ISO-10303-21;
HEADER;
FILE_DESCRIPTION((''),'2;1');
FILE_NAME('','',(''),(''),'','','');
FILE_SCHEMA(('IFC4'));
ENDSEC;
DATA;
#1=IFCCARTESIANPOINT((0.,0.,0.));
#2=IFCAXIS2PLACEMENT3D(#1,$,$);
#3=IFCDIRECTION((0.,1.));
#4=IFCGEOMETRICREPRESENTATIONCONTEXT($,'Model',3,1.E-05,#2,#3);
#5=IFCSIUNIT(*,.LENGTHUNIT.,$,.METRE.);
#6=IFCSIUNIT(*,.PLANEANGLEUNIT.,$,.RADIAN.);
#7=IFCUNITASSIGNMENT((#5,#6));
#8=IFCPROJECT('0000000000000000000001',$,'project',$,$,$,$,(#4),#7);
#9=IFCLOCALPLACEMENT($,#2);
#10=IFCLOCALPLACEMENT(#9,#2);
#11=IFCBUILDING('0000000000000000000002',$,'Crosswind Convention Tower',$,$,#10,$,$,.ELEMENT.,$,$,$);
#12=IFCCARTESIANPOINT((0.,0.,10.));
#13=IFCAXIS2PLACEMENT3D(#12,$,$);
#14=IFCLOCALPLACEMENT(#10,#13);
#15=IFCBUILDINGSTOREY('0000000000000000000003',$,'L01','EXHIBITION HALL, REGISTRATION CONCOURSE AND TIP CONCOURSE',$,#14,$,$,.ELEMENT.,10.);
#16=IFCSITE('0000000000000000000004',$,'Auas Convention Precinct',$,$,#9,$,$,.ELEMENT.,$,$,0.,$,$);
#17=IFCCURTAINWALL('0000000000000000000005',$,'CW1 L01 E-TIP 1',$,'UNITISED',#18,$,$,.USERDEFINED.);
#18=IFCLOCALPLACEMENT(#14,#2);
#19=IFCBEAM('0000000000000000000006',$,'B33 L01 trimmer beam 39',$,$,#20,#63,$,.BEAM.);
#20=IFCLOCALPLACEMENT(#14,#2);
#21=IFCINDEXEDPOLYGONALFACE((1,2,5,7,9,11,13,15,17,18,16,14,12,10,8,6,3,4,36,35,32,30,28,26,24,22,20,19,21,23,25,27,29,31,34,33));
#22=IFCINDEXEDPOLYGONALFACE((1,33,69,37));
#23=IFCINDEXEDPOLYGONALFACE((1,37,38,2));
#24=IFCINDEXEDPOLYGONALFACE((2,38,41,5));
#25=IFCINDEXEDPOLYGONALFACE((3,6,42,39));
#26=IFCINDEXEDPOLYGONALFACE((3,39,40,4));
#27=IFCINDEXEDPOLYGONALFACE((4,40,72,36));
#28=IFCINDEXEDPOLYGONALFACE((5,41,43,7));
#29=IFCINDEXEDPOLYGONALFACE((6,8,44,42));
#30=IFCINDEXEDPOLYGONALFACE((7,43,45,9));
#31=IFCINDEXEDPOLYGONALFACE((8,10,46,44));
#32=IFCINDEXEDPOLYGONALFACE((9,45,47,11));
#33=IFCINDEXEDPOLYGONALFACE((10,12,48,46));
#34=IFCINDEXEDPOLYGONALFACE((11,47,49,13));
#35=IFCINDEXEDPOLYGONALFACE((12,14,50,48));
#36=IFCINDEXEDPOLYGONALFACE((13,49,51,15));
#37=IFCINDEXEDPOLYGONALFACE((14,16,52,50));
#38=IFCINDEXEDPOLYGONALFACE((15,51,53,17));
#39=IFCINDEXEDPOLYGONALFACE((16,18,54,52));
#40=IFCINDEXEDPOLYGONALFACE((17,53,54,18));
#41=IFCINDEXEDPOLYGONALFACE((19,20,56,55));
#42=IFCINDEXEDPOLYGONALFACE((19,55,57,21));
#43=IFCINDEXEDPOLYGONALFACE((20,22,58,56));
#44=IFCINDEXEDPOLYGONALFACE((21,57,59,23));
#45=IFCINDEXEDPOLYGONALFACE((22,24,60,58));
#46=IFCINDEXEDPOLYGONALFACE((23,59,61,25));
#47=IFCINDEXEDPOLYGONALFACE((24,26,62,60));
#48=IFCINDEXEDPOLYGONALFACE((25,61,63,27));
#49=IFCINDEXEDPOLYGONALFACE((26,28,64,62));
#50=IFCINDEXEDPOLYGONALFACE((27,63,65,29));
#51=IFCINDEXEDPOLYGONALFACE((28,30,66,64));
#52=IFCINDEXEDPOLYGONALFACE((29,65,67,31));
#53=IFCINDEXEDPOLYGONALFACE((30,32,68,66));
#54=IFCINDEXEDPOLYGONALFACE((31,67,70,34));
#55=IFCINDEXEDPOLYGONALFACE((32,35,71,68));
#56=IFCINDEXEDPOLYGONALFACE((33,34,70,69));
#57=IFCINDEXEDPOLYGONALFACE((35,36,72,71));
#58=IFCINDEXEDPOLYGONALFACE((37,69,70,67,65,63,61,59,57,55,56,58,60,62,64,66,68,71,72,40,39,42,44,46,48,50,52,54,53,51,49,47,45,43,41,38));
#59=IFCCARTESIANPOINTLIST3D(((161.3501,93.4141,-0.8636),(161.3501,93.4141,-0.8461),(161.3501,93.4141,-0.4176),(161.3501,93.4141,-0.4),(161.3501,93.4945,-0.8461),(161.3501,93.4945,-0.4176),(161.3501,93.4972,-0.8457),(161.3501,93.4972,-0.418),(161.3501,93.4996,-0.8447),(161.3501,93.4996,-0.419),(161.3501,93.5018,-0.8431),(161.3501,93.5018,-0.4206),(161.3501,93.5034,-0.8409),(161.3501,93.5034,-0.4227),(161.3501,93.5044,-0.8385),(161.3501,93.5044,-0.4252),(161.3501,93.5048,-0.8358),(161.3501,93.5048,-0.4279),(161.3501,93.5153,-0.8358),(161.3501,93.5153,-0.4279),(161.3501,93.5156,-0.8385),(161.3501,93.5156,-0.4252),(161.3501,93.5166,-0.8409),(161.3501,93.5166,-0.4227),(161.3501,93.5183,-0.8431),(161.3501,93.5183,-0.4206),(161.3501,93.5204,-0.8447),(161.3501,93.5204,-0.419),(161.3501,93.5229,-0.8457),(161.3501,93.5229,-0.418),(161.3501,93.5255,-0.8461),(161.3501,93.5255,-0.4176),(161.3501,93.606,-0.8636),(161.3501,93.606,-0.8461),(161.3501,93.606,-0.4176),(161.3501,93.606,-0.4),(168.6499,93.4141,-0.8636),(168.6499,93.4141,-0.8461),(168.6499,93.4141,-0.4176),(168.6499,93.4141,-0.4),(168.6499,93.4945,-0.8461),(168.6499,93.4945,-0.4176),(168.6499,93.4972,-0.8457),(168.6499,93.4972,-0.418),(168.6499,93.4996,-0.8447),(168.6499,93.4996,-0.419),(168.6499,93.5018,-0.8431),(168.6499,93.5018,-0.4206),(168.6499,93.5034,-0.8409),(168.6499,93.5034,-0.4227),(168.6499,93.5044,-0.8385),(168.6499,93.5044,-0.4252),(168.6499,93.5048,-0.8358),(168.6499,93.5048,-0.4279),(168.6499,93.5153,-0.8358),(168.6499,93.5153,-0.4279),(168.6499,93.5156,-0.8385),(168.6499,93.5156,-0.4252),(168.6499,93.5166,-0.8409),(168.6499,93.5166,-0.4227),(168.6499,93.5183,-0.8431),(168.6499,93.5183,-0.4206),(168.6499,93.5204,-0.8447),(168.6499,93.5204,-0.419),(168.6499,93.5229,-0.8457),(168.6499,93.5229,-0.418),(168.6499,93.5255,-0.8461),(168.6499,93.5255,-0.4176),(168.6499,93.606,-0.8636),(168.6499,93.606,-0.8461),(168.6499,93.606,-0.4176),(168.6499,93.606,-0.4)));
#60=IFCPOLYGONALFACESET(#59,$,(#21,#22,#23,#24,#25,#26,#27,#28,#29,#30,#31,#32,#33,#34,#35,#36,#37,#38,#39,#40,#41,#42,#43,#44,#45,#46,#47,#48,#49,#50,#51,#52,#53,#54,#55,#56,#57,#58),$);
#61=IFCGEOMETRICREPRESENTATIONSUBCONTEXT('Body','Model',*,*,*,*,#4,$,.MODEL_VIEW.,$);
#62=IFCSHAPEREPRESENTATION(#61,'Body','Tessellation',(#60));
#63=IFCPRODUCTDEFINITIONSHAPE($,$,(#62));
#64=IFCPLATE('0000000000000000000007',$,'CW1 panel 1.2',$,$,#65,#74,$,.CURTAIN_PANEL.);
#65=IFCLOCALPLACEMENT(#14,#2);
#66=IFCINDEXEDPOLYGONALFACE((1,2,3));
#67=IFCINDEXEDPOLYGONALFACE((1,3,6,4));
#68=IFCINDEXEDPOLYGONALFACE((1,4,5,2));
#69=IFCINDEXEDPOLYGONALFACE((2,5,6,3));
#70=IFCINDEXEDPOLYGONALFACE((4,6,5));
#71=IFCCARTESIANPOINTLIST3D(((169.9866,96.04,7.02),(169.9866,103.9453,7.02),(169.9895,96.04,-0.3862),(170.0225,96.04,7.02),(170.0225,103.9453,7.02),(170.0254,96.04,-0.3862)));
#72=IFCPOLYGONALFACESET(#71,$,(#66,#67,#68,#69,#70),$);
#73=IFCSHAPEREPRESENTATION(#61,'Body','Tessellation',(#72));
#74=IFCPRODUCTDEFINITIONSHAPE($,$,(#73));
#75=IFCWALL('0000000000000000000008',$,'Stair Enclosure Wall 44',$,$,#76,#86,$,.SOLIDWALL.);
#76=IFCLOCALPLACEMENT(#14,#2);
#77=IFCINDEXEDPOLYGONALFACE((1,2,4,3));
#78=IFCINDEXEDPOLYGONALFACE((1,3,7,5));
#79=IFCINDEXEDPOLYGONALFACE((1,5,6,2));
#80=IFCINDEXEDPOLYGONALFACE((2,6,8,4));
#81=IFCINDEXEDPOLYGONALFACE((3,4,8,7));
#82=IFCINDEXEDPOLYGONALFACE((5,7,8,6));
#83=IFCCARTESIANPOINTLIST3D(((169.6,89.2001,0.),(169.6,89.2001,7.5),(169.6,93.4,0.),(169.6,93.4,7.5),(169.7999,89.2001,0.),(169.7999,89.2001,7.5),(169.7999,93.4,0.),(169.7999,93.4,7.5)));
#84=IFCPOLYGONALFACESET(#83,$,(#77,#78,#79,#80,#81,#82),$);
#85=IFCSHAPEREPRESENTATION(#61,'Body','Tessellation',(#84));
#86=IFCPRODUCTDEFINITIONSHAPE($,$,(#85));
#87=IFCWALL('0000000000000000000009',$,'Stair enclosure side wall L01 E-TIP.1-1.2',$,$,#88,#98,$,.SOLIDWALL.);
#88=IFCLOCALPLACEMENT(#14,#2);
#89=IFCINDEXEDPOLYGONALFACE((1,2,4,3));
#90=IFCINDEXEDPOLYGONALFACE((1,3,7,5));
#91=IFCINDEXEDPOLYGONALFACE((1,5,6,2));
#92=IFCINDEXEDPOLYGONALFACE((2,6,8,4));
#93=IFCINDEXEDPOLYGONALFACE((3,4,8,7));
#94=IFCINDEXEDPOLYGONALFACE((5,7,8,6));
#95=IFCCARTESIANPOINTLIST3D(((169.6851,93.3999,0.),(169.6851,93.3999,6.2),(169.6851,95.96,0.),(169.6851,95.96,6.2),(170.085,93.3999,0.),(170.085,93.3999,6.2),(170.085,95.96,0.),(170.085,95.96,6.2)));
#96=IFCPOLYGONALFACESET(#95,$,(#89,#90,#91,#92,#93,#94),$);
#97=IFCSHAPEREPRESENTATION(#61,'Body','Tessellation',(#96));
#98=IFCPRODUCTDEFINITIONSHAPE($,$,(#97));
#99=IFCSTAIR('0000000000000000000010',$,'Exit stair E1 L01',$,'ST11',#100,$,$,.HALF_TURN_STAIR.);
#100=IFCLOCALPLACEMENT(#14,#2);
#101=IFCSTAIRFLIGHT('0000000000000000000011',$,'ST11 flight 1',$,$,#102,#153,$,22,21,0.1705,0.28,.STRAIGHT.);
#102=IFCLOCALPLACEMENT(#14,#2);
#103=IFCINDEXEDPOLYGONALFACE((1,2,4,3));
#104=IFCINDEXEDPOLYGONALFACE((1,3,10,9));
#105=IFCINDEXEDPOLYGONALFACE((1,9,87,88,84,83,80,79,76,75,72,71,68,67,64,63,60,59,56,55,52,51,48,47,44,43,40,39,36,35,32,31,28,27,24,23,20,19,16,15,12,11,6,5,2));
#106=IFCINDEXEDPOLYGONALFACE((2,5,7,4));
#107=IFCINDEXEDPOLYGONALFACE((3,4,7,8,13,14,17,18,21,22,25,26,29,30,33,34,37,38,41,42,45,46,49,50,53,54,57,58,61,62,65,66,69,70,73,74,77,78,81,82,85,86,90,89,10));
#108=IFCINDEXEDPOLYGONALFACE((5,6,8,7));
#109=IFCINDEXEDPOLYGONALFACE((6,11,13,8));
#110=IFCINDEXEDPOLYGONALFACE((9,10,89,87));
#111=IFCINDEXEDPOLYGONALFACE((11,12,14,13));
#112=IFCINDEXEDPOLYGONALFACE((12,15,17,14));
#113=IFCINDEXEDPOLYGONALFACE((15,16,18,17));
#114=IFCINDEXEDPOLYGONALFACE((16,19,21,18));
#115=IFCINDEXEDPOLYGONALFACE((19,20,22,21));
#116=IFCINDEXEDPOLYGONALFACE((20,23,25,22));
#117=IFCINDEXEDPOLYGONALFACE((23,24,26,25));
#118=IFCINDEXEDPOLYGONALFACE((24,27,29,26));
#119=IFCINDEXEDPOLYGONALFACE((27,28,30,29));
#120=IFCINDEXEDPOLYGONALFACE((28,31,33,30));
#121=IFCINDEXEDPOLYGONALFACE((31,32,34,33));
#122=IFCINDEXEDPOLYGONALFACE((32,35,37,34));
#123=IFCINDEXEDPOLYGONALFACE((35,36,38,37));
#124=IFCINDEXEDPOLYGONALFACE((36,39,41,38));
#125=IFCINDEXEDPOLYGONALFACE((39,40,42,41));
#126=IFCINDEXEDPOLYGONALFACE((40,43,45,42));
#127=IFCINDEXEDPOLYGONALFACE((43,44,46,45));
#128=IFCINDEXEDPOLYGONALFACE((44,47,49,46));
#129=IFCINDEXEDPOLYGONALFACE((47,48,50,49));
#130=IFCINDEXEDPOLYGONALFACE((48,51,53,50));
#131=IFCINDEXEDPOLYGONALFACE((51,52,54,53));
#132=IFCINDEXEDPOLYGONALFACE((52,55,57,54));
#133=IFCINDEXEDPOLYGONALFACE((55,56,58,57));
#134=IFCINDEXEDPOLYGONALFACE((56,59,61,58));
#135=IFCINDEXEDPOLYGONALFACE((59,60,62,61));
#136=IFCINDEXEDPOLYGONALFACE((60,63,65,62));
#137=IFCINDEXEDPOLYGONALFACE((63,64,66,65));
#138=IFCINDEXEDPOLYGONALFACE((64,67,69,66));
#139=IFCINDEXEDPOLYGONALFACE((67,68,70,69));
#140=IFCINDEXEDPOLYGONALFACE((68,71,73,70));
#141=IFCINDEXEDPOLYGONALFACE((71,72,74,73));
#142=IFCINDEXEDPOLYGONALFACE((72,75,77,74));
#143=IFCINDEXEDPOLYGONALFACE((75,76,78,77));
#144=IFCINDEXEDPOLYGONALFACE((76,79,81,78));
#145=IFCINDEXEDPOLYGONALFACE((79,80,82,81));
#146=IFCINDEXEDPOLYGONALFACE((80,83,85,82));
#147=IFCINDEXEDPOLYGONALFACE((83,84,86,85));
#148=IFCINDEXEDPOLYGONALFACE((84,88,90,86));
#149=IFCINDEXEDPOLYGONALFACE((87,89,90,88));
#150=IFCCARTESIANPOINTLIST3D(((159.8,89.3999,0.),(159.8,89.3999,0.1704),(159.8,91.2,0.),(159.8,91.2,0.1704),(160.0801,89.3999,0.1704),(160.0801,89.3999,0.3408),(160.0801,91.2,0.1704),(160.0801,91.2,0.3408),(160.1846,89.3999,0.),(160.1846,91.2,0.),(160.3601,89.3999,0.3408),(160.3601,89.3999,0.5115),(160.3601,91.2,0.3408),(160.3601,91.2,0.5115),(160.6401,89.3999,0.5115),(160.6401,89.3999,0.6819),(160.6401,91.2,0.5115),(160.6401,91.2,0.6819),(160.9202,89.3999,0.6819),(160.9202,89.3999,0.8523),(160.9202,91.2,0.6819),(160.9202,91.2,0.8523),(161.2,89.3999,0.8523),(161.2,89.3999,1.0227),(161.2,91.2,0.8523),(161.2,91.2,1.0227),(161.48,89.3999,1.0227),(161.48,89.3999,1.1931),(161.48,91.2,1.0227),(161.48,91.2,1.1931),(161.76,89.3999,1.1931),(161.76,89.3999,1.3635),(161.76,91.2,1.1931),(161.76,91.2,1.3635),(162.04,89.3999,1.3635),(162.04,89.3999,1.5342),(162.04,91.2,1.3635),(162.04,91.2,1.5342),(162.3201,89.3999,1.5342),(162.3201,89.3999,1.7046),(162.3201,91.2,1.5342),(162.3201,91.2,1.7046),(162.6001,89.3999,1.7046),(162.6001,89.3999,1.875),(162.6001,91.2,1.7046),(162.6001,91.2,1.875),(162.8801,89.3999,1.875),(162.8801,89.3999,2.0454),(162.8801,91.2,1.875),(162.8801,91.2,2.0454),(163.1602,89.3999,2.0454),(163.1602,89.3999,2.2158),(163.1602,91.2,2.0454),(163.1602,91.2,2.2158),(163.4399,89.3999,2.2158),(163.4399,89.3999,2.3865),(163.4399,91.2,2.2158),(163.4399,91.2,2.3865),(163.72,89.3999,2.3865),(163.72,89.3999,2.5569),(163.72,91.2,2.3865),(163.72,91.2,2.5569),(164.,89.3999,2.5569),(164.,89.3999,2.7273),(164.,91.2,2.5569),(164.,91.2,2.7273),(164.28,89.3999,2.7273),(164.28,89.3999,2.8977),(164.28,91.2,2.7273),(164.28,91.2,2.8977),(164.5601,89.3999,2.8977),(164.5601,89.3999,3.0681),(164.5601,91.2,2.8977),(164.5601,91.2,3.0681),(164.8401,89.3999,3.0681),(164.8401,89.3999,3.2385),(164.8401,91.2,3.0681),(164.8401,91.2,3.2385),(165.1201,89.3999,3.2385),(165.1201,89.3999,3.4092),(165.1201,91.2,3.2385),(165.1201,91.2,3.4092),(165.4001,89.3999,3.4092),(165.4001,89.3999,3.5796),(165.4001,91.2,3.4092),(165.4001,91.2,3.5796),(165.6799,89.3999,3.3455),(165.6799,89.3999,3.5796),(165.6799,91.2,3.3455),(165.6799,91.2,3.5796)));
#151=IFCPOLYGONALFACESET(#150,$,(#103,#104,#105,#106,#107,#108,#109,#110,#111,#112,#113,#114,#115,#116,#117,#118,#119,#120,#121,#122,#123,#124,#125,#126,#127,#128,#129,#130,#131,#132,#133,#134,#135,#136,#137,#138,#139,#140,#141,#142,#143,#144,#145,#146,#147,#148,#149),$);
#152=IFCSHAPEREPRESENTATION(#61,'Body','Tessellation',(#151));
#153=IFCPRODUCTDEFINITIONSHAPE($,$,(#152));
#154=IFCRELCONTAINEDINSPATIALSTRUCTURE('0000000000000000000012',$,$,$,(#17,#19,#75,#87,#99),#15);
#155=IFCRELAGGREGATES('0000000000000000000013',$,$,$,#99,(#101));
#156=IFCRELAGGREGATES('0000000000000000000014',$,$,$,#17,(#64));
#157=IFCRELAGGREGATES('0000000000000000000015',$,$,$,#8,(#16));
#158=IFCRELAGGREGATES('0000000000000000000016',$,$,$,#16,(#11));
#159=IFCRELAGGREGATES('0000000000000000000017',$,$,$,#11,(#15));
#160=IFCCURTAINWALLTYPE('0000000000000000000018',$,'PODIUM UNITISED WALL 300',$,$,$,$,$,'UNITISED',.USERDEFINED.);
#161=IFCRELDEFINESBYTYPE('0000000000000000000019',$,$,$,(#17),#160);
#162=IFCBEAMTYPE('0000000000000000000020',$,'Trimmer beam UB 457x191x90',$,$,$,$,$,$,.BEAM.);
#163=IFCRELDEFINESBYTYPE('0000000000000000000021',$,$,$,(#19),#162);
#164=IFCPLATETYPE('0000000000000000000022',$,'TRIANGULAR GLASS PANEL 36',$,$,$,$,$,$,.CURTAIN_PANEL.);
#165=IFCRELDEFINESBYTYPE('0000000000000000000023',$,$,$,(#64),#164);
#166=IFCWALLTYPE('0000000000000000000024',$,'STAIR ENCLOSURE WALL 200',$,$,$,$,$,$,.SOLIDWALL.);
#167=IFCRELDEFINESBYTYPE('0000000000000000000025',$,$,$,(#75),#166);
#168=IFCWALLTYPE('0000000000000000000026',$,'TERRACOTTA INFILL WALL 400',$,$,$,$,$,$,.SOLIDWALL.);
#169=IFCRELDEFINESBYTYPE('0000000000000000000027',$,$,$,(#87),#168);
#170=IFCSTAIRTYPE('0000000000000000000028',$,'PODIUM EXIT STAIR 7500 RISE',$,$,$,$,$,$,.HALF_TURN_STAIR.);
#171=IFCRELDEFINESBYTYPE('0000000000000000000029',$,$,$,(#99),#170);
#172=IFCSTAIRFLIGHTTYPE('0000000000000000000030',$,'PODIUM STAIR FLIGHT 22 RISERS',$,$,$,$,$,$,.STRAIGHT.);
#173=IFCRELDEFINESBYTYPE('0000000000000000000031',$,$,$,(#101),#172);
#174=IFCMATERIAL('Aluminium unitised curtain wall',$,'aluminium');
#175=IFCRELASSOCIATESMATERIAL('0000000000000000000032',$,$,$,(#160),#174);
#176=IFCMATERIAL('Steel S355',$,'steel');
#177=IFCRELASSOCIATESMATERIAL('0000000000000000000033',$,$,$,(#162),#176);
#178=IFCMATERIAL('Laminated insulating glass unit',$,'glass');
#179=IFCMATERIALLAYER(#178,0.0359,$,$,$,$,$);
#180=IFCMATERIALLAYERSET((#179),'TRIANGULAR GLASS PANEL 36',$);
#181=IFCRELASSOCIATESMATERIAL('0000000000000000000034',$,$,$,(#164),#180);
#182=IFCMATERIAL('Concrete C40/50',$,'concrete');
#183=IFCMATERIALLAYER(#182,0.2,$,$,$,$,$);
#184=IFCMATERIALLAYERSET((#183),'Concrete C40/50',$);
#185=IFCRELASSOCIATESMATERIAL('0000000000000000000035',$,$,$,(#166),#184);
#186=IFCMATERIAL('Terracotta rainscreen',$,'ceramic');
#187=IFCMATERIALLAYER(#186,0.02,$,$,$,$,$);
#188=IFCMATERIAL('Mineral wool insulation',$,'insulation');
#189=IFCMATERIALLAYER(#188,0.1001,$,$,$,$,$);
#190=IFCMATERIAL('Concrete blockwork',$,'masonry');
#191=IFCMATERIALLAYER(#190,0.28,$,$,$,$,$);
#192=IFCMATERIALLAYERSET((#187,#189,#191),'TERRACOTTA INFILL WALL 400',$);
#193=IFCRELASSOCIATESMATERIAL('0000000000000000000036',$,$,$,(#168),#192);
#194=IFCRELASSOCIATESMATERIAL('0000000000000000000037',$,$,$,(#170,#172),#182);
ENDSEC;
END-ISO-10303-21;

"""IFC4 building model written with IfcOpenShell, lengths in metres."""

from ifc_helpers import new_model, si_unit, direction, frame, frame_2d, origin, origin_2d, place, context, subcontext, project, spatial, polyline, rectangle, i_section, outline, extrude, material, layer, layer_set, material_profile, profile_set, type_object, element, aggregate, save


model = new_model("IFC4")

# Units and contexts
model_context = context("Model", 3, precision=1e-05, world=origin(), true_north=direction((0.0, 1.0)))
body_context = subcontext(model_context, "Body", "Model", "MODEL_VIEW")
ifc_project = project(units=[si_unit("LENGTHUNIT", "METRE"), si_unit("PLANEANGLEUNIT", "RADIAN")], contexts=[model_context])

# Site, building, storey
site_placement = place(None, origin())
site = spatial("IfcSite", under=ifc_project, at=site_placement, Name="Auas Convention Precinct", CompositionType="ELEMENT", RefElevation=0.0)
building_placement = place(site_placement, origin())
building = spatial("IfcBuilding", under=site, at=building_placement, Name="Crosswind Convention Tower", CompositionType="ELEMENT")
storey_placement = place(building_placement, frame((0.0, 0.0, 10.0)))
storey = spatial("IfcBuildingStorey", under=building, at=storey_placement, Name="L01", Description="EXHIBITION HALL, REGISTRATION CONCOURSE AND TIP CONCOURSE", CompositionType="ELEMENT", Elevation=10.0)

# Curtain wall
ifc_material_1 = material(Name="Aluminium unitised curtain wall", Category="aluminium")
curtain_wall_type = type_object("IfcCurtainWallType", Name="PODIUM UNITISED WALL 300", ElementType="UNITISED", PredefinedType="USERDEFINED", material=ifc_material_1)
curtain_wall_placement = place(storey_placement, origin())
curtain_wall = element("IfcCurtainWall", 1, at=curtain_wall_placement, inside=storey, type_object=curtain_wall_type, Name="CW1 L01 E-TIP 1", ObjectType="UNITISED", PredefinedType="USERDEFINED")

# Shared definitions
ifc_material_2 = material(Name="Steel S355", Category="steel")

# Beam
ifc_material_profile_1 = material_profile(ifc_material_2, i_section(OverallWidth=0.1919, OverallDepth=0.4636, WebThickness=0.0105, FlangeThickness=0.0176, FilletRadius=0.0103, at=origin_2d()), Name="UB 457x191x90")
ifc_profile_set_1 = profile_set([ifc_material_profile_1], Name="Steel S355")
beam_type_1 = type_object("IfcBeamType", Name="Trimmer beam UB 457x191x90", PredefinedType="BEAM", material=ifc_profile_set_1)
beam_1_placement = place(storey_placement, frame((161.3501, 93.51, -0.6318), z_axis=(1.0, 0.0, 0.0), x_axis=(0.0, 1.0, 0.0)))
element("IfcBeam", 2, at=beam_1_placement, inside=storey, type_object=beam_type_1, Name="B33 L01 trimmer beam 39", PredefinedType="BEAM", context=body_context, shape_type="SweptSolid", body=[
    extrude(i_section(OverallWidth=0.1919, OverallDepth=0.4636, WebThickness=0.0105, FlangeThickness=0.0176, FilletRadius=0.0103, at=origin_2d()), origin(), (0.0, 0.0, 1.0), 7.2998),
])

# Plate
ifc_material_3 = material(Name="Laminated insulating glass unit", Category="glass")
ifc_layer_1 = layer(ifc_material_3, 0.0359)
ifc_layer_set_1 = layer_set([ifc_layer_1], Name="TRIANGULAR GLASS PANEL 36")
plate_type = type_object("IfcPlateType", Name="TRIANGULAR GLASS PANEL 36", PredefinedType="CURTAIN_PANEL", material=ifc_layer_set_1)
plate_placement = place(storey_placement, frame((170.0225, 96.04, 7.02), z_axis=(1.0, 0.0, 0.000396), x_axis=(0.000396, 0.0, -1.0)))
plate = element("IfcPlate", 3, at=plate_placement, type_object=plate_type, Name="CW1 panel 1.2", PredefinedType="CURTAIN_PANEL", context=body_context, shape_type="SweptSolid", body=[
    extrude(outline(polyline([(0.0, 0.0), (7.4063, 0.0), (0.0, 7.9053), (0.0, 0.0)])), origin(), (0.0, 0.0, -1.0), 0.0359),
])

# Walls
ifc_material_4 = material(Name="Concrete C40/50", Category="concrete")
ifc_layer_2 = layer(ifc_material_4, 0.2)
ifc_layer_set_2 = layer_set([ifc_layer_2], Name="Concrete C40/50")
wall_type_1 = type_object("IfcWallType", Name="STAIR ENCLOSURE WALL 200", PredefinedType="SOLIDWALL", material=ifc_layer_set_2)
wall_1_placement = place(storey_placement, frame((169.7, 89.2, 0.0), z_axis=(0.0, 0.0, 1.0), x_axis=(0.0, 1.0, 0.0)))
element("IfcWall", 4, at=wall_1_placement, inside=storey, type_object=wall_type_1, Name="Stair Enclosure Wall 44", PredefinedType="SOLIDWALL", context=body_context, shape_type="SweptSolid", body=[
    extrude(rectangle(XDim=4.2, YDim=0.2, at=frame_2d((2.1001, 0.0))), origin(), (0.0, 0.0, 1.0), 7.5),
])
ifc_material_5 = material(Name="Terracotta rainscreen", Category="ceramic")
ifc_layer_3 = layer(ifc_material_5, 0.02)
ifc_material_6 = material(Name="Mineral wool insulation", Category="insulation")
ifc_layer_4 = layer(ifc_material_6, 0.1001)
ifc_material_7 = material(Name="Concrete blockwork", Category="masonry")
ifc_layer_5 = layer(ifc_material_7, 0.28)
ifc_layer_set_3 = layer_set([ifc_layer_3, ifc_layer_4, ifc_layer_5], Name="TERRACOTTA INFILL WALL 400")
wall_type_2 = type_object("IfcWallType", Name="TERRACOTTA INFILL WALL 400", PredefinedType="SOLIDWALL", material=ifc_layer_set_3)
wall_2_placement = place(storey_placement, frame((169.885, 93.3999, 0.0), z_axis=(0.0, 0.0, 1.0), x_axis=(0.0, 1.0, 0.0)))
element("IfcWall", 5, at=wall_2_placement, inside=storey, type_object=wall_type_2, Name="Stair enclosure side wall L01 E-TIP.1-1.2", PredefinedType="SOLIDWALL", context=body_context, shape_type="SweptSolid", body=[
    extrude(rectangle(XDim=2.5601, YDim=0.3999, at=frame_2d((1.28, 0.0))), origin(), (0.0, 0.0, 1.0), 6.2),
])

# Stair, stair flight
stair_type = type_object("IfcStairType", Name="PODIUM EXIT STAIR 7500 RISE", PredefinedType="HALF_TURN_STAIR", material=ifc_material_4)
stair_placement = place(storey_placement, origin())
stair = element("IfcStair", 6, at=stair_placement, inside=storey, type_object=stair_type, Name="Exit stair E1 L01", ObjectType="ST11", PredefinedType="HALF_TURN_STAIR")
stair_flight_type = type_object("IfcStairFlightType", Name="PODIUM STAIR FLIGHT 22 RISERS", PredefinedType="STRAIGHT", material=ifc_material_4)
stair_flight_1_placement = place(storey_placement, frame((159.8, 90.3, 0.0), z_axis=(0.0, 0.0, 1.0), x_axis=(1.0, 0.0, 0.0)))
stair_flight_1 = element("IfcStairFlight", 7, at=stair_flight_1_placement, type_object=stair_flight_type, Name="ST11 flight 1", NumberOfRisers=22, NumberOfTreads=21, PredefinedType="STRAIGHT", RiserHeight=0.1705, TreadLength=0.28, context=body_context, shape_type="SweptSolid", body=[
    extrude(outline(polyline([(0.0, 0.0), (0.0, 0.1704), (0.28, 0.1704), (0.28, 0.3408), (0.5601, 0.3408), (0.5601, 0.5115), (0.8401, 0.5115), (0.8401, 0.6819), (1.1201, 0.6819), (1.1201, 0.8523), (1.3999, 0.8523), (1.3999, 1.0227), (1.6799, 1.0227), (1.6799, 1.1931), (1.96, 1.1931), (1.96, 1.3635), (2.24, 1.3635), (2.24, 1.5342), (2.52, 1.5342), (2.52, 1.7046), (2.8, 1.7046), (2.8, 1.875), (3.0801, 1.875), (3.0801, 2.0454), (3.3601, 2.0454), (3.3601, 2.2158), (3.6399, 2.2158), (3.6399, 2.3865), (3.9199, 2.3865), (3.9199, 2.5569), (4.2, 2.5569), (4.2, 2.7273), (4.48, 2.7273), (4.48, 2.8977), (4.76, 2.8977), (4.76, 3.0681), (5.04, 3.0681), (5.04, 3.2385), (5.3201, 3.2385), (5.3201, 3.4092), (5.6001, 3.4092), (5.6001, 3.5796), (5.8799, 3.5796), (5.8799, 3.75), (5.8799, 3.3455), (0.3845, 0.0), (0.0, 0.0)])), frame((0.0, 0.8999, 0.0), z_axis=(0.0, -1.0, 0.0), x_axis=(1.0, 0.0, 0.0)), (0.0, 0.0, 1.0), 1.8),
])
aggregate(stair, [stair_flight_1])

aggregate(curtain_wall, [plate])

save(model, "model.ifc")
